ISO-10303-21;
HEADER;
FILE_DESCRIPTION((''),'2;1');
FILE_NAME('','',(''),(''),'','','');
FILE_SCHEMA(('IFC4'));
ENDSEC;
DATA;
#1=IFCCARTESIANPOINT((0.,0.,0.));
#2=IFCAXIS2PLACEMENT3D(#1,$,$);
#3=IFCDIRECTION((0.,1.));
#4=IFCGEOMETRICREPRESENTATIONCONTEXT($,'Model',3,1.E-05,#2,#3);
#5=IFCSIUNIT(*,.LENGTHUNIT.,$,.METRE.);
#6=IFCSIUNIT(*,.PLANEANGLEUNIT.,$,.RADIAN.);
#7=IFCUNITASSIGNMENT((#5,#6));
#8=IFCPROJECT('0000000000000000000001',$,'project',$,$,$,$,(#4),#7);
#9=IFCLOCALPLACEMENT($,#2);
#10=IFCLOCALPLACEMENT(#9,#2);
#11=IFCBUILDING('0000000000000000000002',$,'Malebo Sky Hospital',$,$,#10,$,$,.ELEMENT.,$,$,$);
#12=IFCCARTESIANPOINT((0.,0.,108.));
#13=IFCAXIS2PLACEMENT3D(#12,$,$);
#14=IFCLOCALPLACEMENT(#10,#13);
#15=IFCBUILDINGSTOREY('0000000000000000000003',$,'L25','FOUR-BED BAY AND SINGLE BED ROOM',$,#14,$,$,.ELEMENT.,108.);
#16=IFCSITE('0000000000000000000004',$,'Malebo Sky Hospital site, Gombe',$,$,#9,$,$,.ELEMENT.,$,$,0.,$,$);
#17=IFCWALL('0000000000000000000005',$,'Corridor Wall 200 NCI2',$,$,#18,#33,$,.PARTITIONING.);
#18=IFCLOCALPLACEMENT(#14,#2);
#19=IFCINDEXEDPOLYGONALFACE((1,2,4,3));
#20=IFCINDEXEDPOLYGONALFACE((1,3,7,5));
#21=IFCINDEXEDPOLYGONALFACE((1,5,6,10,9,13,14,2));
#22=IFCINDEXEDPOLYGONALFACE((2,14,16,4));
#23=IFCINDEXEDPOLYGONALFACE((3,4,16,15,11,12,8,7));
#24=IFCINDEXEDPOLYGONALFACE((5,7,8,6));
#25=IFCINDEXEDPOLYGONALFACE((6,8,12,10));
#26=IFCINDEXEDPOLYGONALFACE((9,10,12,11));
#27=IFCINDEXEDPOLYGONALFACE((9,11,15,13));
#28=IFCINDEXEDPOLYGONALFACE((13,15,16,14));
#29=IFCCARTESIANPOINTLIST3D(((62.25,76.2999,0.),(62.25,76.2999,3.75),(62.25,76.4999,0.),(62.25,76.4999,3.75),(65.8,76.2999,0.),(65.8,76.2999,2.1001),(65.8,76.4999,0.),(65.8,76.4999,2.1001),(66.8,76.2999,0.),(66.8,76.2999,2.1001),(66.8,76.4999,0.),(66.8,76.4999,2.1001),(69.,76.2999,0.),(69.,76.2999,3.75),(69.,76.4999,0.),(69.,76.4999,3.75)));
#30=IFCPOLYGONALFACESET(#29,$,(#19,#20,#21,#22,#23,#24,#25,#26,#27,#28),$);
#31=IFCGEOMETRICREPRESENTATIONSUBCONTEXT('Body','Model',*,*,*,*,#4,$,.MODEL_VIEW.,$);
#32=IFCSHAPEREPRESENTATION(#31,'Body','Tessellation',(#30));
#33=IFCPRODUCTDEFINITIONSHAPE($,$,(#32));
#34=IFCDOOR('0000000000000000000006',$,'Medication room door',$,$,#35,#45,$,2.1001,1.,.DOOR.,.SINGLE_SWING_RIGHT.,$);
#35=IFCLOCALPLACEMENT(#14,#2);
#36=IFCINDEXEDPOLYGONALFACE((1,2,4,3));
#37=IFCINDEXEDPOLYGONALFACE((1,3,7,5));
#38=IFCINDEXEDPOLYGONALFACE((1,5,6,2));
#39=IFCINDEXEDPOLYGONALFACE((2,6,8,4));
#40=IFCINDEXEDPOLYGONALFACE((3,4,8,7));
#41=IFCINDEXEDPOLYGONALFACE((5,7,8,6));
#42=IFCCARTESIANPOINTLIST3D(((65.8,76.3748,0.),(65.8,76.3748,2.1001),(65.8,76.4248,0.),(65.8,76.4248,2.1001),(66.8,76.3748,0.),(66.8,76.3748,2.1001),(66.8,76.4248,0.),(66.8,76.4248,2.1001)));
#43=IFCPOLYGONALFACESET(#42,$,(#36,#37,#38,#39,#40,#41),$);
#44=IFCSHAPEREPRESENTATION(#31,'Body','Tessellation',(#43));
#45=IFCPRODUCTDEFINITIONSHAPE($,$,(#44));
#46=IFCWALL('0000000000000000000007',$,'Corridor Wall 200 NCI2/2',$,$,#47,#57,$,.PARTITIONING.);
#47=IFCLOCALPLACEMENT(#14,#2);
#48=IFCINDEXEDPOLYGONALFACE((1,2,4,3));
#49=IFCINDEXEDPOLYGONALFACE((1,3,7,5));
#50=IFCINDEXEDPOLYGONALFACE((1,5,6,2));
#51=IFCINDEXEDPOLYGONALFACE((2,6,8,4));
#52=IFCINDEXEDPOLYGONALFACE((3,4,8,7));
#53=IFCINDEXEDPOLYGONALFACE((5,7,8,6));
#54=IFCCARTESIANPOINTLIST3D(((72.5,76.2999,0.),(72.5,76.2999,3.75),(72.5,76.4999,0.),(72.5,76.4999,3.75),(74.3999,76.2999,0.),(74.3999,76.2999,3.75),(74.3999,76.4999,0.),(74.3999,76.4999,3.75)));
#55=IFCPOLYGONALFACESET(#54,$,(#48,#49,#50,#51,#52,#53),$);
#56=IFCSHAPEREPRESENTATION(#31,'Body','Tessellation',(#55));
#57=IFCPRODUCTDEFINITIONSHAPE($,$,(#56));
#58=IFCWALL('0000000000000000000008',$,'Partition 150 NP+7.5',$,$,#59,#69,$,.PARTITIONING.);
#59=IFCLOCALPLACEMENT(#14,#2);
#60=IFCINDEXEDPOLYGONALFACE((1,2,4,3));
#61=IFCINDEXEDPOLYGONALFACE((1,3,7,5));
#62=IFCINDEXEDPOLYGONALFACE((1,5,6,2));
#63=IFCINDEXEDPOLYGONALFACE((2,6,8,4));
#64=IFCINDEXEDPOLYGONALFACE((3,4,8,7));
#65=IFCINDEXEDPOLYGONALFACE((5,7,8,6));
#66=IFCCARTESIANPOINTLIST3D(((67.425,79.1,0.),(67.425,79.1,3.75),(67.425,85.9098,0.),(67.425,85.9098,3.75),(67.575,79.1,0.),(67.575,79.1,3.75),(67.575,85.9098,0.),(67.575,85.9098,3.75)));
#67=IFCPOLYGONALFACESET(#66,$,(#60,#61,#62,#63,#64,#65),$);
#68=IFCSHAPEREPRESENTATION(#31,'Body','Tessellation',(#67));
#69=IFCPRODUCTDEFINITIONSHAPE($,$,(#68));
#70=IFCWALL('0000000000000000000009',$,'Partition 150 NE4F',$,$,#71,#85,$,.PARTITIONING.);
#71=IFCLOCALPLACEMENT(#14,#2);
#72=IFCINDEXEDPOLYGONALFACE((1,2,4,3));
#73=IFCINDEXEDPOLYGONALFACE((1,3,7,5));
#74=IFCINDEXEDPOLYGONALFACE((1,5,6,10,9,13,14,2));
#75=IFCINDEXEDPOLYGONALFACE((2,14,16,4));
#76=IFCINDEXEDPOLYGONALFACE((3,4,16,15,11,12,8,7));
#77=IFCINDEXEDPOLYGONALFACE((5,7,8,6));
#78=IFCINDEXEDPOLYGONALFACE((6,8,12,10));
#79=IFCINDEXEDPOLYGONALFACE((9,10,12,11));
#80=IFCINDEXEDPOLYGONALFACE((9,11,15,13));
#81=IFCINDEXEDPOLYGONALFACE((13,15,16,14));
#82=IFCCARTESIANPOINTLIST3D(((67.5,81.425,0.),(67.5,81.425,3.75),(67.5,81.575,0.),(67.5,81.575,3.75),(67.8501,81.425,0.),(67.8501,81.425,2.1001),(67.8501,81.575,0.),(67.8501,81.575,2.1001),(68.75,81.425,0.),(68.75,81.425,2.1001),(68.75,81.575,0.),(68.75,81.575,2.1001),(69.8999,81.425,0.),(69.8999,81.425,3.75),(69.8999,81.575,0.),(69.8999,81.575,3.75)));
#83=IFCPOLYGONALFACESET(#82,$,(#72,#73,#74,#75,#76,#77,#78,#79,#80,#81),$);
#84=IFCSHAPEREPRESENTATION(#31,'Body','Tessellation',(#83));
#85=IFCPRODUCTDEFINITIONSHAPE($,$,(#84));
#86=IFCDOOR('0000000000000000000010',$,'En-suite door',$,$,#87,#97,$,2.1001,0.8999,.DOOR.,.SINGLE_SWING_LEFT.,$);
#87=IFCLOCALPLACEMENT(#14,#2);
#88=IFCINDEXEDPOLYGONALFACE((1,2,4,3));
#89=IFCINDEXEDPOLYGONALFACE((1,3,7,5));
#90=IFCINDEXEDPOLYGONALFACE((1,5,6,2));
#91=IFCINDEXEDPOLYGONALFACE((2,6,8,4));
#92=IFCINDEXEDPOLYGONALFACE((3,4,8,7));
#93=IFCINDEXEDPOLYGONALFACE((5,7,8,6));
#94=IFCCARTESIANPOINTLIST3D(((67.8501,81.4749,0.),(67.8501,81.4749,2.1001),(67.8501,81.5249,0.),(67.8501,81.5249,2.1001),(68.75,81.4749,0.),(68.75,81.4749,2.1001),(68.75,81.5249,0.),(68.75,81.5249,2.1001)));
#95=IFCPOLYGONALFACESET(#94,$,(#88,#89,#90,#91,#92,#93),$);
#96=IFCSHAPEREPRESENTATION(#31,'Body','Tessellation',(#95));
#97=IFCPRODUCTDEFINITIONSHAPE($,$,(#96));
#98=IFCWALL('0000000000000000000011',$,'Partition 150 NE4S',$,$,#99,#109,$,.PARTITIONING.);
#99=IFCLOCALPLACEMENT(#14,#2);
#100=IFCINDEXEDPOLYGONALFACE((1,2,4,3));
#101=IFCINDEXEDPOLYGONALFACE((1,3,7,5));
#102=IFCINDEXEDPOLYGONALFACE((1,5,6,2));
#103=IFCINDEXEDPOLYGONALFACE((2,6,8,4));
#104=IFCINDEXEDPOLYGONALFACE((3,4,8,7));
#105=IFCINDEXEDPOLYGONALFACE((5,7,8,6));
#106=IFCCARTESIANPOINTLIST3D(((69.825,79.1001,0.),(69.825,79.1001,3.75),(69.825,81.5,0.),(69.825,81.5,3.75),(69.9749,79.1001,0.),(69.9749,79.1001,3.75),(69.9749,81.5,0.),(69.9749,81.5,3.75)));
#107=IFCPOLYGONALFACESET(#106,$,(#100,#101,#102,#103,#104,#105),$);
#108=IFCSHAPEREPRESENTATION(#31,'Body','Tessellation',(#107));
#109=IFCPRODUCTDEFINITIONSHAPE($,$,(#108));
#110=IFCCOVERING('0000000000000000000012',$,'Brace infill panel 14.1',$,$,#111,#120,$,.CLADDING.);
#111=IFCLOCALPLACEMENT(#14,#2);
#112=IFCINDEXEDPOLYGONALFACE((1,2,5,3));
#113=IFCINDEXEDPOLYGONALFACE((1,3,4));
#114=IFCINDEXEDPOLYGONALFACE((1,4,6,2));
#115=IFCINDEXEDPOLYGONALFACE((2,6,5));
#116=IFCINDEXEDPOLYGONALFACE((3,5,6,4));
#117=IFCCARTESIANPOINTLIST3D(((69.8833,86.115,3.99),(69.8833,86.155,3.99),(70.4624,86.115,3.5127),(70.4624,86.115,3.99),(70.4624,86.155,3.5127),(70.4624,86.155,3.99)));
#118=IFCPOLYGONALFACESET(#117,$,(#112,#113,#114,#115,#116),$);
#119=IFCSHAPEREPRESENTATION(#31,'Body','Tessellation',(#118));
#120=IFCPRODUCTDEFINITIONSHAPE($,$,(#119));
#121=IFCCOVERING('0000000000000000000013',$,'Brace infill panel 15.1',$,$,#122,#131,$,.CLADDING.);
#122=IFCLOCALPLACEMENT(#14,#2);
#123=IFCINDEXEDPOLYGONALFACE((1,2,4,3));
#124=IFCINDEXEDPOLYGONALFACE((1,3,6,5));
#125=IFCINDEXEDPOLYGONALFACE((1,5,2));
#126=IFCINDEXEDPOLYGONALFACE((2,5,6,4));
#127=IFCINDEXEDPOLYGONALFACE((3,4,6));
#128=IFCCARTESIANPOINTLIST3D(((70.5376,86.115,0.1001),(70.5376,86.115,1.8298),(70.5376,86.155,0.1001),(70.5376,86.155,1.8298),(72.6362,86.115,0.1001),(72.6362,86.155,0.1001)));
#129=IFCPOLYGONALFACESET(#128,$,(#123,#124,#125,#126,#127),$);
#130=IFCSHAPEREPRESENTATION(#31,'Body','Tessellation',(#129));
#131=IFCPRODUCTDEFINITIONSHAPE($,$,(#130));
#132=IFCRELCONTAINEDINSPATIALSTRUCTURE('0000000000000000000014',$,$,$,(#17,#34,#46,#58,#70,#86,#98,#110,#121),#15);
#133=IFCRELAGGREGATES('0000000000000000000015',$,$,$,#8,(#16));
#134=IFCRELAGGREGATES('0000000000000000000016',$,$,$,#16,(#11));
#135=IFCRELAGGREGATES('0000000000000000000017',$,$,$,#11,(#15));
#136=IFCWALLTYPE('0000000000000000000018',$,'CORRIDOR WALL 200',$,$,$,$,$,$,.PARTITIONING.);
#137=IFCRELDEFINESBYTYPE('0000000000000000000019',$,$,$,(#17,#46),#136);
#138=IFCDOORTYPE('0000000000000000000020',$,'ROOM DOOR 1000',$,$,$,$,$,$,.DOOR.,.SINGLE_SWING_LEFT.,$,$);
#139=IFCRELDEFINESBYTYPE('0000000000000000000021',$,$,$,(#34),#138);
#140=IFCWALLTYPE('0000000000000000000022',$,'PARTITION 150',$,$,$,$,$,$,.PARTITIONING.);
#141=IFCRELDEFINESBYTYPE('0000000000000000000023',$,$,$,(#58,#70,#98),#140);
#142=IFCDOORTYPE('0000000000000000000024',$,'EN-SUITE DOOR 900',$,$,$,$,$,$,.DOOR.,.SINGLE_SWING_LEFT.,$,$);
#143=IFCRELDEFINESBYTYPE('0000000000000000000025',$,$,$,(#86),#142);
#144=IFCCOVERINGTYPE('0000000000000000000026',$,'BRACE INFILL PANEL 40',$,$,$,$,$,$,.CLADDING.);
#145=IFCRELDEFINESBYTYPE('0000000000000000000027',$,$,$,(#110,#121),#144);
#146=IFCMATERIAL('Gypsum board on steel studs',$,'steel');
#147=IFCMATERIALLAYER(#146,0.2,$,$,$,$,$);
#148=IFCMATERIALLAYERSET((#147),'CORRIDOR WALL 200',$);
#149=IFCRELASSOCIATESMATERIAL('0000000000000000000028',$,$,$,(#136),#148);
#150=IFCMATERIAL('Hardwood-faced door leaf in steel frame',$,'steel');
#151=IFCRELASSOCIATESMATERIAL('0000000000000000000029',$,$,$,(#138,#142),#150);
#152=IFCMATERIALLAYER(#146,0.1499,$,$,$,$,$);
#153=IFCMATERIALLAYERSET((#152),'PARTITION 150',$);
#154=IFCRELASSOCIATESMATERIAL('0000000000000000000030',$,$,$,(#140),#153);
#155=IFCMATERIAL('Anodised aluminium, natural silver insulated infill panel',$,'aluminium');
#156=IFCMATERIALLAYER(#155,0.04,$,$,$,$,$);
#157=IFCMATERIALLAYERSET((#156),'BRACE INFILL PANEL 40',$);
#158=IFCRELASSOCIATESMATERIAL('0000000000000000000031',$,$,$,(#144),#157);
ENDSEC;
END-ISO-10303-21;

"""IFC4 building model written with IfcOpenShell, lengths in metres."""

from ifc_helpers import new_model, si_unit, direction, frame, frame_2d, origin, place, context, subcontext, project, spatial, polyline, rectangle, outline, extrude, material, layer, layer_set, type_object, element, fill, save


model = new_model("IFC4")

# Units and contexts
model_context = context("Model", 3, precision=1e-05, world=origin(), true_north=direction((0.0, 1.0)))
body_context = subcontext(model_context, "Body", "Model", "MODEL_VIEW")
ifc_project = project(units=[si_unit("LENGTHUNIT", "METRE"), si_unit("PLANEANGLEUNIT", "RADIAN")], contexts=[model_context])

# Site, building, storey
site_placement = place(None, origin())
site = spatial("IfcSite", under=ifc_project, at=site_placement, Name="Malebo Sky Hospital site, Gombe", CompositionType="ELEMENT", RefElevation=0.0)
building_placement = place(site_placement, origin())
building = spatial("IfcBuilding", under=site, at=building_placement, Name="Malebo Sky Hospital", CompositionType="ELEMENT")
storey_placement = place(building_placement, frame((0.0, 0.0, 108.0)))
storey = spatial("IfcBuildingStorey", under=building, at=storey_placement, Name="L25", Description="FOUR-BED BAY AND SINGLE BED ROOM", CompositionType="ELEMENT", Elevation=108.0)

# Wall, opening, door
ifc_material_1 = material(Name="Gypsum board on steel studs", Category="steel")
ifc_layer_1 = layer(ifc_material_1, 0.2)
ifc_layer_set_1 = layer_set([ifc_layer_1], Name="CORRIDOR WALL 200")
wall_type_1 = type_object("IfcWallType", Name="CORRIDOR WALL 200", PredefinedType="PARTITIONING", material=ifc_layer_set_1)
wall_1_placement = place(storey_placement, frame((62.25, 76.3999, 0.0), z_axis=(0.0, 0.0, 1.0), x_axis=(1.0, 0.0, 0.0)))
wall_1 = element("IfcWall", 1, at=wall_1_placement, inside=storey, type_object=wall_type_1, Name="Corridor Wall 200 NCI2", PredefinedType="PARTITIONING", context=body_context, shape_type="SweptSolid", body=[
    extrude(rectangle(XDim=6.75, YDim=0.2, at=frame_2d((3.375, 0.0))), origin(), (0.0, 0.0, 1.0), 3.75),
])
opening_1_placement = place(wall_1_placement, frame((3.55, 0.0, 0.0)))
opening_1 = element("IfcOpeningElement", 2, at=opening_1_placement, cuts=wall_1, PredefinedType="OPENING", context=body_context, shape_type="SweptSolid", body=[
    extrude(rectangle(XDim=1.0, YDim=2.1001, at=frame_2d((0.5, 1.05))), frame((0.0, 0.1099, 0.0), z_axis=(0.0, -1.0, 0.0), x_axis=(1.0, 0.0, 0.0)), (0.0, 0.0, 1.0), 0.22),
])
ifc_material_2 = material(Name="Hardwood-faced door leaf in steel frame", Category="steel")
door_type_1 = type_object("IfcDoorType", Name="ROOM DOOR 1000", OperationType="SINGLE_SWING_LEFT", PredefinedType="DOOR", material=ifc_material_2)
door_1_placement = place(opening_1_placement, origin())
door_1 = element("IfcDoor", 3, at=door_1_placement, inside=storey, type_object=door_type_1, Name="Medication room door", OperationType="SINGLE_SWING_RIGHT", OverallHeight=2.1001, OverallWidth=1.0, PredefinedType="DOOR", context=body_context, shape_type="SweptSolid", body=[
    extrude(rectangle(XDim=1.0, YDim=2.1001, at=frame_2d((0.5, 1.05))), frame((0.0, 0.0249, 0.0), z_axis=(0.0, -1.0, 0.0), x_axis=(1.0, 0.0, 0.0)), (0.0, 0.0, 1.0), 0.05),
])
fill(opening_1, door_1)

# Walls
wall_2_placement = place(storey_placement, frame((72.5, 76.3999, 0.0), z_axis=(0.0, 0.0, 1.0), x_axis=(1.0, 0.0, 0.0)))
element("IfcWall", 4, at=wall_2_placement, inside=storey, type_object=wall_type_1, Name="Corridor Wall 200 NCI2/2", PredefinedType="PARTITIONING", context=body_context, shape_type="SweptSolid", body=[
    extrude(rectangle(XDim=1.8999, YDim=0.2, at=frame_2d((0.95, 0.0))), origin(), (0.0, 0.0, 1.0), 3.75),
])
ifc_layer_2 = layer(ifc_material_1, 0.1499)
ifc_layer_set_2 = layer_set([ifc_layer_2], Name="PARTITION 150")
wall_type_2 = type_object("IfcWallType", Name="PARTITION 150", PredefinedType="PARTITIONING", material=ifc_layer_set_2)
wall_3_placement = place(storey_placement, frame((67.5, 79.1001, 0.0), z_axis=(0.0, 0.0, 1.0), x_axis=(0.0, 1.0, 0.0)))
element("IfcWall", 5, at=wall_3_placement, inside=storey, type_object=wall_type_2, Name="Partition 150 NP+7.5", PredefinedType="PARTITIONING", context=body_context, shape_type="SweptSolid", body=[
    extrude(rectangle(XDim=6.8098, YDim=0.1499, at=frame_2d((3.4048, 0.0))), origin(), (0.0, 0.0, 1.0), 3.75),
])

# Wall, opening, door
wall_4_placement = place(storey_placement, frame((67.5, 81.5, 0.0), z_axis=(0.0, 0.0, 1.0), x_axis=(1.0, 0.0, 0.0)))
wall_4 = element("IfcWall", 6, at=wall_4_placement, inside=storey, type_object=wall_type_2, Name="Partition 150 NE4F", PredefinedType="PARTITIONING", context=body_context, shape_type="SweptSolid", body=[
    extrude(rectangle(XDim=2.3999, YDim=0.1499, at=frame_2d((1.2, 0.0))), origin(), (0.0, 0.0, 1.0), 3.75),
])
opening_2_placement = place(wall_4_placement, frame((0.3501, 0.0, 0.0)))
opening_2 = element("IfcOpeningElement", 7, at=opening_2_placement, cuts=wall_4, PredefinedType="OPENING", context=body_context, shape_type="SweptSolid", body=[
    extrude(rectangle(XDim=0.8999, YDim=2.1001, at=frame_2d((0.45, 1.05))), frame((0.0, 0.085, 0.0), z_axis=(0.0, -1.0, 0.0), x_axis=(1.0, 0.0, 0.0)), (0.0, 0.0, 1.0), 0.1699),
])
door_type_2 = type_object("IfcDoorType", Name="EN-SUITE DOOR 900", OperationType="SINGLE_SWING_LEFT", PredefinedType="DOOR", material=ifc_material_2)
door_2_placement = place(opening_2_placement, origin())
door_2 = element("IfcDoor", 8, at=door_2_placement, inside=storey, type_object=door_type_2, Name="En-suite door", OperationType="SINGLE_SWING_LEFT", OverallHeight=2.1001, OverallWidth=0.8999, PredefinedType="DOOR", context=body_context, shape_type="SweptSolid", body=[
    extrude(rectangle(XDim=0.8999, YDim=2.1001, at=frame_2d((0.45, 1.05))), frame((0.0, 0.0249, 0.0), z_axis=(0.0, -1.0, 0.0), x_axis=(1.0, 0.0, 0.0)), (0.0, 0.0, 1.0), 0.05),
])
fill(opening_2, door_2)

# Wall
wall_5_placement = place(storey_placement, frame((69.8999, 79.1001, 0.0), z_axis=(0.0, 0.0, 1.0), x_axis=(0.0, 1.0, 0.0)))
element("IfcWall", 9, at=wall_5_placement, inside=storey, type_object=wall_type_2, Name="Partition 150 NE4S", PredefinedType="PARTITIONING", context=body_context, shape_type="SweptSolid", body=[
    extrude(rectangle(XDim=2.3999, YDim=0.1499, at=frame_2d((1.2, 0.0))), origin(), (0.0, 0.0, 1.0), 3.75),
])

# Coverings
ifc_material_3 = material(Name="Anodised aluminium, natural silver insulated infill panel", Category="aluminium")
ifc_layer_3 = layer(ifc_material_3, 0.04)
ifc_layer_set_3 = layer_set([ifc_layer_3], Name="BRACE INFILL PANEL 40")
covering_type = type_object("IfcCoveringType", Name="BRACE INFILL PANEL 40", PredefinedType="CLADDING", material=ifc_layer_set_3)
covering_1_placement = place(storey_placement, frame((70.1729, 86.135, 3.5127), z_axis=(0.0, 0.0, 1.0), x_axis=(1.0, 0.0, 0.0)))
element("IfcCovering", 10, at=covering_1_placement, inside=storey, type_object=covering_type, Name="Brace infill panel 14.1", PredefinedType="CLADDING", context=body_context, shape_type="SweptSolid", body=[
    extrude(outline(polyline([(0.2896, 0.0), (0.2896, 0.4773), (-0.2896, 0.4773), (0.2896, 0.0)])), frame((0.0, 0.02, 0.0), z_axis=(0.0, -1.0, 0.0), x_axis=(1.0, 0.0, 0.0)), (0.0, 0.0, 1.0), 0.04),
])
covering_2_placement = place(storey_placement, frame((71.5869, 86.135, 0.1001), z_axis=(0.0, 0.0, 1.0), x_axis=(1.0, 0.0, 0.0)))
element("IfcCovering", 11, at=covering_2_placement, inside=storey, type_object=covering_type, Name="Brace infill panel 15.1", PredefinedType="CLADDING", context=body_context, shape_type="SweptSolid", body=[
    extrude(outline(polyline([(-1.0493, 0.0), (1.0493, 0.0), (-1.0493, 1.7297), (-1.0493, 0.0)])), frame((0.0, 0.02, 0.0), z_axis=(0.0, -1.0, 0.0), x_axis=(1.0, 0.0, 0.0)), (0.0, 0.0, 1.0), 0.04),
])

save(model, "model.ifc")
